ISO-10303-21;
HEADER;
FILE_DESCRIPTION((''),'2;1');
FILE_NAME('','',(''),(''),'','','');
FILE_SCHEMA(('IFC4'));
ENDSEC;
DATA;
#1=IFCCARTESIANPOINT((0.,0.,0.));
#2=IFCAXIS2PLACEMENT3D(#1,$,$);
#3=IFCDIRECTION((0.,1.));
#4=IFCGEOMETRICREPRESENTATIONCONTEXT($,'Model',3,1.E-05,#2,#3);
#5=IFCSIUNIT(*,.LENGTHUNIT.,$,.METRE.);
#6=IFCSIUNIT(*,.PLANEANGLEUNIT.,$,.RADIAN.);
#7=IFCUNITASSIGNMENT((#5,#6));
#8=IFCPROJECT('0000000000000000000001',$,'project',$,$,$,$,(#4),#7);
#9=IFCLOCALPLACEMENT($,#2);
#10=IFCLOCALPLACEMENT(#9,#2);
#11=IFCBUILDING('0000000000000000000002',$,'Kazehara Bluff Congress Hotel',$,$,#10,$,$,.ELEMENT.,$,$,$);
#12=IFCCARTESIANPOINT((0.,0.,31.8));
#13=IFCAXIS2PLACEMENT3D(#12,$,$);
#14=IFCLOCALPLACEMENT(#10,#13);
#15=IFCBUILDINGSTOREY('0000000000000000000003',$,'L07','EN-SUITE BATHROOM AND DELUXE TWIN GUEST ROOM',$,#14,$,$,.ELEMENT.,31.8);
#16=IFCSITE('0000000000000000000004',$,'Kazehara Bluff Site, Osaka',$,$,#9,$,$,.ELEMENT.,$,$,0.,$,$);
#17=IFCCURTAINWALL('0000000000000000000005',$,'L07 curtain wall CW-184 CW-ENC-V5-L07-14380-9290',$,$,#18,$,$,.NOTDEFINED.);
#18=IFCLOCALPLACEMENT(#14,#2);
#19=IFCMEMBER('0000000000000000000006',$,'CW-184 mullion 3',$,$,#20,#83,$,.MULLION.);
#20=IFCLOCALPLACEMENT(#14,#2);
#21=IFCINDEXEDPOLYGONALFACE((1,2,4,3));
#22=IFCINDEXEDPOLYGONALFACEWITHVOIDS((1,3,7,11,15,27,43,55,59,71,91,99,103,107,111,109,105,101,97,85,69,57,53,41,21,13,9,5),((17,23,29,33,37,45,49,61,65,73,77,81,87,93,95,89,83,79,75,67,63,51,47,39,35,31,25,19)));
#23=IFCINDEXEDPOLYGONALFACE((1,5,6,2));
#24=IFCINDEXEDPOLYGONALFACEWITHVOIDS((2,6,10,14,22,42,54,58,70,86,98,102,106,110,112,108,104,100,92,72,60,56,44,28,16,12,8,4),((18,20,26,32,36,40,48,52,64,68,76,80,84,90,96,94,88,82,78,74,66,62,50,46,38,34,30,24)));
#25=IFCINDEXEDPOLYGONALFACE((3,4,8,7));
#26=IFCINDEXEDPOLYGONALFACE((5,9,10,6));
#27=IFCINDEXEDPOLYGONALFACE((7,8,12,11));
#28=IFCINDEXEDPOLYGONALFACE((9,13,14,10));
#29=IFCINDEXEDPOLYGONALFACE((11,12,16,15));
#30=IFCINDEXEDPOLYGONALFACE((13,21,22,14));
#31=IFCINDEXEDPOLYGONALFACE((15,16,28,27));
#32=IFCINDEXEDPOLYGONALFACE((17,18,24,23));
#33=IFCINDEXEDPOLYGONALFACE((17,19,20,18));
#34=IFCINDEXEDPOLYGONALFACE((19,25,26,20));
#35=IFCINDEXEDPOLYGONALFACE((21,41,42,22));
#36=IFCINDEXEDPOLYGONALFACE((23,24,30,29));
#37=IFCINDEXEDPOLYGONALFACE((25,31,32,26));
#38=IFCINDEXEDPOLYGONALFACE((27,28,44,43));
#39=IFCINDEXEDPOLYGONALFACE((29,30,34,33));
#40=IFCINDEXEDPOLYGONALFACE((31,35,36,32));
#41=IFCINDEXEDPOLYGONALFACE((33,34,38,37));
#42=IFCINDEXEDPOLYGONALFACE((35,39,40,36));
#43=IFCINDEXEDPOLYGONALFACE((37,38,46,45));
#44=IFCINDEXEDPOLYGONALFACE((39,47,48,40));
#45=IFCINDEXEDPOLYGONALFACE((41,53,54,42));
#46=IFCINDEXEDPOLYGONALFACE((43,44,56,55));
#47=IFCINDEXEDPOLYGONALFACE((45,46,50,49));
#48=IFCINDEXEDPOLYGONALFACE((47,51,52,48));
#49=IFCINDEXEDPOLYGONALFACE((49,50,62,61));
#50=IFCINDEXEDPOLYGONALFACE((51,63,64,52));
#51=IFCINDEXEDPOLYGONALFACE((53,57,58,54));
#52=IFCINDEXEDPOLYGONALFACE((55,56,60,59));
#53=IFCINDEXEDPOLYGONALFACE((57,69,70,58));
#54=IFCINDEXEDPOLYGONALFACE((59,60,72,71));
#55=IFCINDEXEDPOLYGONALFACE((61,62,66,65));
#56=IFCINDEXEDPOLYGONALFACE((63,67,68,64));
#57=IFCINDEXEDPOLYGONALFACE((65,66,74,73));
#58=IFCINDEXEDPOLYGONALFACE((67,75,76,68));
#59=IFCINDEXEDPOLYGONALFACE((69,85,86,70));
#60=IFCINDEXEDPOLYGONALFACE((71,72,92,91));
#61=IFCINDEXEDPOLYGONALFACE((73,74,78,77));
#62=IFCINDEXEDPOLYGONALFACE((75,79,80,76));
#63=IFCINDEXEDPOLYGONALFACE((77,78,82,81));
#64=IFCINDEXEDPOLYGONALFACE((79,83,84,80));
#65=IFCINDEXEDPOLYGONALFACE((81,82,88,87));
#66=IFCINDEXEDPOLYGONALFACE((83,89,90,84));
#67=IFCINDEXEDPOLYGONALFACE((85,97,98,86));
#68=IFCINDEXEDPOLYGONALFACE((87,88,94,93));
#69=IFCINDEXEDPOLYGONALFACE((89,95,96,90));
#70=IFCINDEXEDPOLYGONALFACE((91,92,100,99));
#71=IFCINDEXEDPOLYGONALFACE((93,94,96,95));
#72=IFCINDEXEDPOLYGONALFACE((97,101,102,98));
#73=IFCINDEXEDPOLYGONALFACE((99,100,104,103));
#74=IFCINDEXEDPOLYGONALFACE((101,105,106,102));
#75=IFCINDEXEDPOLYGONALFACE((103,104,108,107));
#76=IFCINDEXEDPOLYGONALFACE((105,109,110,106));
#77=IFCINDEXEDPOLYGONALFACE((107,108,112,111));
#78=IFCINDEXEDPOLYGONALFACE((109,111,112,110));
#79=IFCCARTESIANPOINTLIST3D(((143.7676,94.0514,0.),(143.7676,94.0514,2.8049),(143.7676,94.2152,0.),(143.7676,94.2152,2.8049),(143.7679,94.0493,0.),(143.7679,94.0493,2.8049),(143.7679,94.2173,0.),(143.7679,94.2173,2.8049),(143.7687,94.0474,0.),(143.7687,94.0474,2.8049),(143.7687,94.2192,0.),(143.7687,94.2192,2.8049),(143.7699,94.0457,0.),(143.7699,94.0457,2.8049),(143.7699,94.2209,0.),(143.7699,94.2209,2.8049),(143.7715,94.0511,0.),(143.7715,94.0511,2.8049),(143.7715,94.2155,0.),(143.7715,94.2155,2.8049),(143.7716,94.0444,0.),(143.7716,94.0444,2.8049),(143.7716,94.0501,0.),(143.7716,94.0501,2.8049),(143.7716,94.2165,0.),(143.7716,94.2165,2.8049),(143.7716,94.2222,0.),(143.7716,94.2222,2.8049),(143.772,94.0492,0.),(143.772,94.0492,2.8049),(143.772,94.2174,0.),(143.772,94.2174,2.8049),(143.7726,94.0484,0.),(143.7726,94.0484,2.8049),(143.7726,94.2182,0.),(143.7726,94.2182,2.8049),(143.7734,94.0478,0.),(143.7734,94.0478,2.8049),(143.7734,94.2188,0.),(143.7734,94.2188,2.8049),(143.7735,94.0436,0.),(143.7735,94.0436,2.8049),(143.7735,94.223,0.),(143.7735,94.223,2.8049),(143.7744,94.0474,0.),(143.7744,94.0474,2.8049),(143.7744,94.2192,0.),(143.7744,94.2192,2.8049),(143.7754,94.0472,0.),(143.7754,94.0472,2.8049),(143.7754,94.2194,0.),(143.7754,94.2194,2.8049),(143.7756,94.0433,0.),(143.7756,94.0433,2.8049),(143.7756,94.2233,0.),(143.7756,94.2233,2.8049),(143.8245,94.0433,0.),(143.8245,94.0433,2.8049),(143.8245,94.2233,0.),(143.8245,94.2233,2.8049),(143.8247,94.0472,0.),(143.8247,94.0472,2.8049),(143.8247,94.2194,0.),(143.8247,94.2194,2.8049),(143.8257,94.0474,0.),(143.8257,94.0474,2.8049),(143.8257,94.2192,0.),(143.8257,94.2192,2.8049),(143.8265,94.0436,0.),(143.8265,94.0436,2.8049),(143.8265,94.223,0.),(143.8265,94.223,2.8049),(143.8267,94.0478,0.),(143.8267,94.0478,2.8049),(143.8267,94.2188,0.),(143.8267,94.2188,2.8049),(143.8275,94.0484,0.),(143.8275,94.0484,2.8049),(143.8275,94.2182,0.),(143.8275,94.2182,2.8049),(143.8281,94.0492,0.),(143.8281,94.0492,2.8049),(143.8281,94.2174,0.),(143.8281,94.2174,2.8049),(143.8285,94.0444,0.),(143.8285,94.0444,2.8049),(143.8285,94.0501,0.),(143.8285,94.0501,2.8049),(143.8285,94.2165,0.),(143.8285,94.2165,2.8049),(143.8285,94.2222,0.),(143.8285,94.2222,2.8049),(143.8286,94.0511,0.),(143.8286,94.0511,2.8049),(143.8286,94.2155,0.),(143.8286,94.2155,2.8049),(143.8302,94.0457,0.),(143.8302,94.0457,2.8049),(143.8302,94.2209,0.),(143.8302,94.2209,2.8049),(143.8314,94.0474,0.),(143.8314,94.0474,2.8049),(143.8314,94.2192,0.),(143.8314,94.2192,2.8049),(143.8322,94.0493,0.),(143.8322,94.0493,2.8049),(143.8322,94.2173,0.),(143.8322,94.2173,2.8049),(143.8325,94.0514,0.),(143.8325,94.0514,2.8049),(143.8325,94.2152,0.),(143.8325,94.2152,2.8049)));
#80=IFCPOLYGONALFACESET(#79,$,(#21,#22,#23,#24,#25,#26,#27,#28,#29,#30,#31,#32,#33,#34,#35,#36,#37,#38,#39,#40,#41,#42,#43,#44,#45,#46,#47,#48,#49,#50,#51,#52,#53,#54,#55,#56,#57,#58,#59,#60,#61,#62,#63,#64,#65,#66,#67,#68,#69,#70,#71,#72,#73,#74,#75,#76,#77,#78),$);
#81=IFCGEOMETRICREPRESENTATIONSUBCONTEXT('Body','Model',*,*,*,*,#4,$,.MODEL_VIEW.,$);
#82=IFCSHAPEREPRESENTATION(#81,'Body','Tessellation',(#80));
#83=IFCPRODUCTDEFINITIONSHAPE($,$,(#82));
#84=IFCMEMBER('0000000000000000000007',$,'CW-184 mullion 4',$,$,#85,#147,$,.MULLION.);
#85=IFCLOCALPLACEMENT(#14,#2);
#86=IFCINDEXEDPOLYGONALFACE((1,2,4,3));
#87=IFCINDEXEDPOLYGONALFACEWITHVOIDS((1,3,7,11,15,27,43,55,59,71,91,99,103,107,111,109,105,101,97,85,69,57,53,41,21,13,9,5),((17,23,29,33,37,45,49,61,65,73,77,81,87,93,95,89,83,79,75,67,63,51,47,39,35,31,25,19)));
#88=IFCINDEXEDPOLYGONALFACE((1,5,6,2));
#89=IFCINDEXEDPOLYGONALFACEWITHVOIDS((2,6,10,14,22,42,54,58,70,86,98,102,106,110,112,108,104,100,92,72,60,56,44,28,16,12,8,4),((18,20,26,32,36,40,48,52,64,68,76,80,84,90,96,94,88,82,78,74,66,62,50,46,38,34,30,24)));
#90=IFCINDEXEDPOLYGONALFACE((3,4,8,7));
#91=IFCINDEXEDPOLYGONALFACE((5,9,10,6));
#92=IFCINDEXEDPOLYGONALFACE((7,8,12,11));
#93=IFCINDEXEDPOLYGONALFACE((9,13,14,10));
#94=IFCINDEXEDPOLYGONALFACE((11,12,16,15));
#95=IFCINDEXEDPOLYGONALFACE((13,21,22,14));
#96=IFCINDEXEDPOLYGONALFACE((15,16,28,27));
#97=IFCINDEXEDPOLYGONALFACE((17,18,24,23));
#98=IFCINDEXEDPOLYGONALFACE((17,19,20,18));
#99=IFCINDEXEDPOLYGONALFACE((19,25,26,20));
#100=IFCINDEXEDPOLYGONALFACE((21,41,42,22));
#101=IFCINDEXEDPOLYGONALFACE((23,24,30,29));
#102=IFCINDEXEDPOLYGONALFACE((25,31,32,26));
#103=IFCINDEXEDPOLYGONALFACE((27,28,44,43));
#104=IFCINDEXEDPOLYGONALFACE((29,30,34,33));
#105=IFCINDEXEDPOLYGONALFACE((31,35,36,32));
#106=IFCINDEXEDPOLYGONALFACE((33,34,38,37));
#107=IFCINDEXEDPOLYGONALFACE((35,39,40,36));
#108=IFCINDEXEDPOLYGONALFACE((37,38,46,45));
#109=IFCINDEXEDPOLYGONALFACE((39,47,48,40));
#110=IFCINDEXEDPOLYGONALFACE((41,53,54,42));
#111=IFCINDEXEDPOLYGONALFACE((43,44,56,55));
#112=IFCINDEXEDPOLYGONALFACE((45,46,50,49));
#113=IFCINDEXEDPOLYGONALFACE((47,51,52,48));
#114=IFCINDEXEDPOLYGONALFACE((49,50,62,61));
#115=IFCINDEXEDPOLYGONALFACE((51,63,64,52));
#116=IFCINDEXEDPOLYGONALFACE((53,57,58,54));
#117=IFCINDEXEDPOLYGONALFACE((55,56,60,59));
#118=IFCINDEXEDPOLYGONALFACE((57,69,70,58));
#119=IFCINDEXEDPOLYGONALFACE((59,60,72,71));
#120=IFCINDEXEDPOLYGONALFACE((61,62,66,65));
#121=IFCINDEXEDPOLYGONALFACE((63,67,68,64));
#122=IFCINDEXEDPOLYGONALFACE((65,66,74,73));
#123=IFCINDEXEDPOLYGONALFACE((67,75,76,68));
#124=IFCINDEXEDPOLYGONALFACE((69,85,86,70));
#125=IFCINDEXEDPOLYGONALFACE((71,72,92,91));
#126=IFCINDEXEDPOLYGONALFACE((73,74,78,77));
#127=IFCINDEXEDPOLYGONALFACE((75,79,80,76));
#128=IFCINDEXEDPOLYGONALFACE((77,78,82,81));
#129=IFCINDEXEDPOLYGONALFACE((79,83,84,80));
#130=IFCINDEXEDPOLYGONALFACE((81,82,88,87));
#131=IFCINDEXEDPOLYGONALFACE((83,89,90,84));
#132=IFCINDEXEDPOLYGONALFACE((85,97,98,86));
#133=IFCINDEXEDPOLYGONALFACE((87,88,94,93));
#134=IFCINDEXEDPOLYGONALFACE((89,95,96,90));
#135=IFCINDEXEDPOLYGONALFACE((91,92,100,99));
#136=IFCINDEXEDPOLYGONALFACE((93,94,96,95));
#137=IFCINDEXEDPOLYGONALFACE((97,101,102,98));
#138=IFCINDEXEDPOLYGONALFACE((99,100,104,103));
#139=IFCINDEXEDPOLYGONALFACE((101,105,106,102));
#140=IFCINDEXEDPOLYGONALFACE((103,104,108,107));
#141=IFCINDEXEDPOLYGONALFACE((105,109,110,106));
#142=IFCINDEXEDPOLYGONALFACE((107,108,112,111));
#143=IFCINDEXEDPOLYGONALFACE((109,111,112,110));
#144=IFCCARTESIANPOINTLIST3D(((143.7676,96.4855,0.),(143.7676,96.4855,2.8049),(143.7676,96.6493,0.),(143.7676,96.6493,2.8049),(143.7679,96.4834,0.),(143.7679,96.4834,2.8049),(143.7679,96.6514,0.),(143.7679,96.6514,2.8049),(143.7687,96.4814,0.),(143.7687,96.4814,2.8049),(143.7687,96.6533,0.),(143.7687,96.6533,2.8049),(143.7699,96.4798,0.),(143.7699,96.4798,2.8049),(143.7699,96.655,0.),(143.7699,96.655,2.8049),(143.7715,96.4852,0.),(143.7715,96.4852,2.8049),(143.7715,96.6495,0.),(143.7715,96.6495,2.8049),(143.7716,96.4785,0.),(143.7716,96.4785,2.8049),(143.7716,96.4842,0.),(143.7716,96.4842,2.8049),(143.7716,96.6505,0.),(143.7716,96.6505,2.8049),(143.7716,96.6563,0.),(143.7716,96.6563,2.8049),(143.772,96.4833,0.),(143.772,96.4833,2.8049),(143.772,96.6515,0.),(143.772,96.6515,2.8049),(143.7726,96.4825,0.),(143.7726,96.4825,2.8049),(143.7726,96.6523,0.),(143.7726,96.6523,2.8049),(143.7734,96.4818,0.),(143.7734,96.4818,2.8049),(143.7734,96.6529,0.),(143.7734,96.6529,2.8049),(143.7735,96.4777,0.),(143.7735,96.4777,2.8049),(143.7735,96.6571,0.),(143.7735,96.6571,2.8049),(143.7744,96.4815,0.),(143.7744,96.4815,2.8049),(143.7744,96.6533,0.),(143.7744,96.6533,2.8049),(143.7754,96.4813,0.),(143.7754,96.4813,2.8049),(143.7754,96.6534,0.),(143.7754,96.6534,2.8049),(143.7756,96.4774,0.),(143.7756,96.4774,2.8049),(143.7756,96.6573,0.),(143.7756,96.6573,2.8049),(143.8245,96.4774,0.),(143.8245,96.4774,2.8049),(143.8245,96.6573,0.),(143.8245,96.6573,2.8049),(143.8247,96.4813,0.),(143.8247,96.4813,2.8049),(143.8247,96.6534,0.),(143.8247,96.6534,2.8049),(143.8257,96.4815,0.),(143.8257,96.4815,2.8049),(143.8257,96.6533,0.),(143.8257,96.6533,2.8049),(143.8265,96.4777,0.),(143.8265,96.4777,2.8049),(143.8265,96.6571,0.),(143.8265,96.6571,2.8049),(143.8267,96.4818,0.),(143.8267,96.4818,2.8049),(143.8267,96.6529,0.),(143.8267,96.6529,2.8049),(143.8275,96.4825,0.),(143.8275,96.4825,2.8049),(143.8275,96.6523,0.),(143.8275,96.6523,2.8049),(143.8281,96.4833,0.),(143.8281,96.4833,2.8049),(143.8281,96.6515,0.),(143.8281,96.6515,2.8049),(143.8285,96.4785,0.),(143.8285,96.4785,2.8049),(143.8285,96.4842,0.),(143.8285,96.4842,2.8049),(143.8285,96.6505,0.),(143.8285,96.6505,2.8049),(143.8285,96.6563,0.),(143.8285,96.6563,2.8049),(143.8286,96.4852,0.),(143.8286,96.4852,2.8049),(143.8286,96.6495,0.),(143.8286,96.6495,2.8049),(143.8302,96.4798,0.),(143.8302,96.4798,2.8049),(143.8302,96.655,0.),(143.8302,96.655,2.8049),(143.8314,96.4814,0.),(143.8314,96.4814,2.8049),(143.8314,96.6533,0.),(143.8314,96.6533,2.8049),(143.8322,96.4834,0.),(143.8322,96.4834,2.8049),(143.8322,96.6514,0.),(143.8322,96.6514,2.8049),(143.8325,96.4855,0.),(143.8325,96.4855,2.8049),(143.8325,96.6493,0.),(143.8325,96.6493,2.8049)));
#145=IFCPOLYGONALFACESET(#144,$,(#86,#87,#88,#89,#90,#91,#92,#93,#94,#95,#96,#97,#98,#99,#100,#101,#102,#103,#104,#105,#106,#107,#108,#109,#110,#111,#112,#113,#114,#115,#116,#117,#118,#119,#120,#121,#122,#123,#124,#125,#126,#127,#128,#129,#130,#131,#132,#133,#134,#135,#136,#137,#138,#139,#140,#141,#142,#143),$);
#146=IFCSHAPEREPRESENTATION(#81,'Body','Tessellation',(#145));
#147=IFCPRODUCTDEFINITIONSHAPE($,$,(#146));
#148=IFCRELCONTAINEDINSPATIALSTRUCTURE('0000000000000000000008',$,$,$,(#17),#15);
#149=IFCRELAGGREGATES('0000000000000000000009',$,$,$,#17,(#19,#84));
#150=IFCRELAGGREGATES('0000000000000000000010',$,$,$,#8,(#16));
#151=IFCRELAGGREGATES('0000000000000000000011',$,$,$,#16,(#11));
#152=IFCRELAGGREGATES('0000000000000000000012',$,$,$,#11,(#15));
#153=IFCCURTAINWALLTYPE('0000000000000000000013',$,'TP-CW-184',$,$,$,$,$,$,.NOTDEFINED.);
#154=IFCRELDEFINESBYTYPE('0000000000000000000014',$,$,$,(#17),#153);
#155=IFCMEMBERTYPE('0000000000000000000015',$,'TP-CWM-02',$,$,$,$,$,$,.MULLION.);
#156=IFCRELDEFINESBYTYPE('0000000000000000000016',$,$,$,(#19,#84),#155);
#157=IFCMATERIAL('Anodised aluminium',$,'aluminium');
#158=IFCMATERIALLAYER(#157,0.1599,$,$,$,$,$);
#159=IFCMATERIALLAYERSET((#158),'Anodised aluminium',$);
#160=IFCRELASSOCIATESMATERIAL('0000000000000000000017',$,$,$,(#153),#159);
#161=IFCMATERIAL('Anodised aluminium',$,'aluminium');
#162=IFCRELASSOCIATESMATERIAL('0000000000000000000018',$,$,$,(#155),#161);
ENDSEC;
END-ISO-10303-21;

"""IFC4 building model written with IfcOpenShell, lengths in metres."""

from ifc_helpers import new_model, si_unit, direction, frame, origin, origin_2d, place, context, subcontext, project, spatial, hollow_rectangle, extrude, material, layer, layer_set, material_profile, profile_set, type_object, element, aggregate, save


model = new_model("IFC4")

# Units and contexts
model_context = context("Model", 3, precision=1e-05, world=origin(), true_north=direction((0.0, 1.0)))
body_context = subcontext(model_context, "Body", "Model", "MODEL_VIEW")
ifc_project = project(units=[si_unit("LENGTHUNIT", "METRE"), si_unit("PLANEANGLEUNIT", "RADIAN")], contexts=[model_context])

# Site, building, storey
site_placement = place(None, origin())
site = spatial("IfcSite", under=ifc_project, at=site_placement, Name="Kazehara Bluff Site, Osaka", CompositionType="ELEMENT", RefElevation=0.0)
building_placement = place(site_placement, origin())
building = spatial("IfcBuilding", under=site, at=building_placement, Name="Kazehara Bluff Congress Hotel", CompositionType="ELEMENT")
storey_placement = place(building_placement, frame((0.0, 0.0, 31.8)))
storey = spatial("IfcBuildingStorey", under=building, at=storey_placement, Name="L07", Description="EN-SUITE BATHROOM AND DELUXE TWIN GUEST ROOM", CompositionType="ELEMENT", Elevation=31.8)

# Curtain wall, members
ifc_material_1 = material(Name="Anodised aluminium", Category="aluminium")
ifc_layer_1 = layer(ifc_material_1, 0.1599)
ifc_layer_set_1 = layer_set([ifc_layer_1], Name="Anodised aluminium")
curtain_wall_type_1 = type_object("IfcCurtainWallType", Name="TP-CW-184", PredefinedType="NOTDEFINED", material=ifc_layer_set_1)
curtain_wall_1_placement = place(storey_placement, origin())
curtain_wall_1 = element("IfcCurtainWall", 1, at=curtain_wall_1_placement, inside=storey, type_object=curtain_wall_type_1, Name="L07 curtain wall CW-184 CW-ENC-V5-L07-14380-9290", PredefinedType="NOTDEFINED")
ifc_material_2 = material(Name="Anodised aluminium", Category="aluminium")
ifc_material_profile_1 = material_profile(ifc_material_2, hollow_rectangle(XDim=0.0649, YDim=0.1799, WallThickness=0.0039, InnerFilletRadius=0.0039, OuterFilletRadius=0.0081, at=origin_2d()))
ifc_profile_set_1 = profile_set([ifc_material_profile_1], Name="Anodised aluminium")
member_type_1 = type_object("IfcMemberType", Name="TP-CWM-02", PredefinedType="MULLION", material=ifc_profile_set_1)
member_1_placement = place(storey_placement, frame((143.8, 94.1333, 0.0), z_axis=(0.0, 0.0, 1.0), x_axis=(-1.0, 0.0, 0.0)))
member_1 = element("IfcMember", 2, at=member_1_placement, type_object=member_type_1, Name="CW-184 mullion 3", PredefinedType="MULLION", context=body_context, shape_type="SweptSolid", body=[
    extrude(hollow_rectangle(XDim=0.0649, YDim=0.1799, WallThickness=0.0039, InnerFilletRadius=0.0039, OuterFilletRadius=0.0081, at=origin_2d()), origin(), (0.0, 0.0, 1.0), 2.8049),
])
member_2_placement = place(storey_placement, frame((143.8, 96.5674, 0.0), z_axis=(0.0, 0.0, 1.0), x_axis=(-1.0, 0.0, 0.0)))
member_2 = element("IfcMember", 3, at=member_2_placement, type_object=member_type_1, Name="CW-184 mullion 4", PredefinedType="MULLION", context=body_context, shape_type="SweptSolid", body=[
    extrude(hollow_rectangle(XDim=0.0649, YDim=0.1799, WallThickness=0.0039, InnerFilletRadius=0.0039, OuterFilletRadius=0.0081, at=origin_2d()), origin(), (0.0, 0.0, 1.0), 2.8049),
])

aggregate(curtain_wall_1, [member_1, member_2])

save(model, "model.ifc")
